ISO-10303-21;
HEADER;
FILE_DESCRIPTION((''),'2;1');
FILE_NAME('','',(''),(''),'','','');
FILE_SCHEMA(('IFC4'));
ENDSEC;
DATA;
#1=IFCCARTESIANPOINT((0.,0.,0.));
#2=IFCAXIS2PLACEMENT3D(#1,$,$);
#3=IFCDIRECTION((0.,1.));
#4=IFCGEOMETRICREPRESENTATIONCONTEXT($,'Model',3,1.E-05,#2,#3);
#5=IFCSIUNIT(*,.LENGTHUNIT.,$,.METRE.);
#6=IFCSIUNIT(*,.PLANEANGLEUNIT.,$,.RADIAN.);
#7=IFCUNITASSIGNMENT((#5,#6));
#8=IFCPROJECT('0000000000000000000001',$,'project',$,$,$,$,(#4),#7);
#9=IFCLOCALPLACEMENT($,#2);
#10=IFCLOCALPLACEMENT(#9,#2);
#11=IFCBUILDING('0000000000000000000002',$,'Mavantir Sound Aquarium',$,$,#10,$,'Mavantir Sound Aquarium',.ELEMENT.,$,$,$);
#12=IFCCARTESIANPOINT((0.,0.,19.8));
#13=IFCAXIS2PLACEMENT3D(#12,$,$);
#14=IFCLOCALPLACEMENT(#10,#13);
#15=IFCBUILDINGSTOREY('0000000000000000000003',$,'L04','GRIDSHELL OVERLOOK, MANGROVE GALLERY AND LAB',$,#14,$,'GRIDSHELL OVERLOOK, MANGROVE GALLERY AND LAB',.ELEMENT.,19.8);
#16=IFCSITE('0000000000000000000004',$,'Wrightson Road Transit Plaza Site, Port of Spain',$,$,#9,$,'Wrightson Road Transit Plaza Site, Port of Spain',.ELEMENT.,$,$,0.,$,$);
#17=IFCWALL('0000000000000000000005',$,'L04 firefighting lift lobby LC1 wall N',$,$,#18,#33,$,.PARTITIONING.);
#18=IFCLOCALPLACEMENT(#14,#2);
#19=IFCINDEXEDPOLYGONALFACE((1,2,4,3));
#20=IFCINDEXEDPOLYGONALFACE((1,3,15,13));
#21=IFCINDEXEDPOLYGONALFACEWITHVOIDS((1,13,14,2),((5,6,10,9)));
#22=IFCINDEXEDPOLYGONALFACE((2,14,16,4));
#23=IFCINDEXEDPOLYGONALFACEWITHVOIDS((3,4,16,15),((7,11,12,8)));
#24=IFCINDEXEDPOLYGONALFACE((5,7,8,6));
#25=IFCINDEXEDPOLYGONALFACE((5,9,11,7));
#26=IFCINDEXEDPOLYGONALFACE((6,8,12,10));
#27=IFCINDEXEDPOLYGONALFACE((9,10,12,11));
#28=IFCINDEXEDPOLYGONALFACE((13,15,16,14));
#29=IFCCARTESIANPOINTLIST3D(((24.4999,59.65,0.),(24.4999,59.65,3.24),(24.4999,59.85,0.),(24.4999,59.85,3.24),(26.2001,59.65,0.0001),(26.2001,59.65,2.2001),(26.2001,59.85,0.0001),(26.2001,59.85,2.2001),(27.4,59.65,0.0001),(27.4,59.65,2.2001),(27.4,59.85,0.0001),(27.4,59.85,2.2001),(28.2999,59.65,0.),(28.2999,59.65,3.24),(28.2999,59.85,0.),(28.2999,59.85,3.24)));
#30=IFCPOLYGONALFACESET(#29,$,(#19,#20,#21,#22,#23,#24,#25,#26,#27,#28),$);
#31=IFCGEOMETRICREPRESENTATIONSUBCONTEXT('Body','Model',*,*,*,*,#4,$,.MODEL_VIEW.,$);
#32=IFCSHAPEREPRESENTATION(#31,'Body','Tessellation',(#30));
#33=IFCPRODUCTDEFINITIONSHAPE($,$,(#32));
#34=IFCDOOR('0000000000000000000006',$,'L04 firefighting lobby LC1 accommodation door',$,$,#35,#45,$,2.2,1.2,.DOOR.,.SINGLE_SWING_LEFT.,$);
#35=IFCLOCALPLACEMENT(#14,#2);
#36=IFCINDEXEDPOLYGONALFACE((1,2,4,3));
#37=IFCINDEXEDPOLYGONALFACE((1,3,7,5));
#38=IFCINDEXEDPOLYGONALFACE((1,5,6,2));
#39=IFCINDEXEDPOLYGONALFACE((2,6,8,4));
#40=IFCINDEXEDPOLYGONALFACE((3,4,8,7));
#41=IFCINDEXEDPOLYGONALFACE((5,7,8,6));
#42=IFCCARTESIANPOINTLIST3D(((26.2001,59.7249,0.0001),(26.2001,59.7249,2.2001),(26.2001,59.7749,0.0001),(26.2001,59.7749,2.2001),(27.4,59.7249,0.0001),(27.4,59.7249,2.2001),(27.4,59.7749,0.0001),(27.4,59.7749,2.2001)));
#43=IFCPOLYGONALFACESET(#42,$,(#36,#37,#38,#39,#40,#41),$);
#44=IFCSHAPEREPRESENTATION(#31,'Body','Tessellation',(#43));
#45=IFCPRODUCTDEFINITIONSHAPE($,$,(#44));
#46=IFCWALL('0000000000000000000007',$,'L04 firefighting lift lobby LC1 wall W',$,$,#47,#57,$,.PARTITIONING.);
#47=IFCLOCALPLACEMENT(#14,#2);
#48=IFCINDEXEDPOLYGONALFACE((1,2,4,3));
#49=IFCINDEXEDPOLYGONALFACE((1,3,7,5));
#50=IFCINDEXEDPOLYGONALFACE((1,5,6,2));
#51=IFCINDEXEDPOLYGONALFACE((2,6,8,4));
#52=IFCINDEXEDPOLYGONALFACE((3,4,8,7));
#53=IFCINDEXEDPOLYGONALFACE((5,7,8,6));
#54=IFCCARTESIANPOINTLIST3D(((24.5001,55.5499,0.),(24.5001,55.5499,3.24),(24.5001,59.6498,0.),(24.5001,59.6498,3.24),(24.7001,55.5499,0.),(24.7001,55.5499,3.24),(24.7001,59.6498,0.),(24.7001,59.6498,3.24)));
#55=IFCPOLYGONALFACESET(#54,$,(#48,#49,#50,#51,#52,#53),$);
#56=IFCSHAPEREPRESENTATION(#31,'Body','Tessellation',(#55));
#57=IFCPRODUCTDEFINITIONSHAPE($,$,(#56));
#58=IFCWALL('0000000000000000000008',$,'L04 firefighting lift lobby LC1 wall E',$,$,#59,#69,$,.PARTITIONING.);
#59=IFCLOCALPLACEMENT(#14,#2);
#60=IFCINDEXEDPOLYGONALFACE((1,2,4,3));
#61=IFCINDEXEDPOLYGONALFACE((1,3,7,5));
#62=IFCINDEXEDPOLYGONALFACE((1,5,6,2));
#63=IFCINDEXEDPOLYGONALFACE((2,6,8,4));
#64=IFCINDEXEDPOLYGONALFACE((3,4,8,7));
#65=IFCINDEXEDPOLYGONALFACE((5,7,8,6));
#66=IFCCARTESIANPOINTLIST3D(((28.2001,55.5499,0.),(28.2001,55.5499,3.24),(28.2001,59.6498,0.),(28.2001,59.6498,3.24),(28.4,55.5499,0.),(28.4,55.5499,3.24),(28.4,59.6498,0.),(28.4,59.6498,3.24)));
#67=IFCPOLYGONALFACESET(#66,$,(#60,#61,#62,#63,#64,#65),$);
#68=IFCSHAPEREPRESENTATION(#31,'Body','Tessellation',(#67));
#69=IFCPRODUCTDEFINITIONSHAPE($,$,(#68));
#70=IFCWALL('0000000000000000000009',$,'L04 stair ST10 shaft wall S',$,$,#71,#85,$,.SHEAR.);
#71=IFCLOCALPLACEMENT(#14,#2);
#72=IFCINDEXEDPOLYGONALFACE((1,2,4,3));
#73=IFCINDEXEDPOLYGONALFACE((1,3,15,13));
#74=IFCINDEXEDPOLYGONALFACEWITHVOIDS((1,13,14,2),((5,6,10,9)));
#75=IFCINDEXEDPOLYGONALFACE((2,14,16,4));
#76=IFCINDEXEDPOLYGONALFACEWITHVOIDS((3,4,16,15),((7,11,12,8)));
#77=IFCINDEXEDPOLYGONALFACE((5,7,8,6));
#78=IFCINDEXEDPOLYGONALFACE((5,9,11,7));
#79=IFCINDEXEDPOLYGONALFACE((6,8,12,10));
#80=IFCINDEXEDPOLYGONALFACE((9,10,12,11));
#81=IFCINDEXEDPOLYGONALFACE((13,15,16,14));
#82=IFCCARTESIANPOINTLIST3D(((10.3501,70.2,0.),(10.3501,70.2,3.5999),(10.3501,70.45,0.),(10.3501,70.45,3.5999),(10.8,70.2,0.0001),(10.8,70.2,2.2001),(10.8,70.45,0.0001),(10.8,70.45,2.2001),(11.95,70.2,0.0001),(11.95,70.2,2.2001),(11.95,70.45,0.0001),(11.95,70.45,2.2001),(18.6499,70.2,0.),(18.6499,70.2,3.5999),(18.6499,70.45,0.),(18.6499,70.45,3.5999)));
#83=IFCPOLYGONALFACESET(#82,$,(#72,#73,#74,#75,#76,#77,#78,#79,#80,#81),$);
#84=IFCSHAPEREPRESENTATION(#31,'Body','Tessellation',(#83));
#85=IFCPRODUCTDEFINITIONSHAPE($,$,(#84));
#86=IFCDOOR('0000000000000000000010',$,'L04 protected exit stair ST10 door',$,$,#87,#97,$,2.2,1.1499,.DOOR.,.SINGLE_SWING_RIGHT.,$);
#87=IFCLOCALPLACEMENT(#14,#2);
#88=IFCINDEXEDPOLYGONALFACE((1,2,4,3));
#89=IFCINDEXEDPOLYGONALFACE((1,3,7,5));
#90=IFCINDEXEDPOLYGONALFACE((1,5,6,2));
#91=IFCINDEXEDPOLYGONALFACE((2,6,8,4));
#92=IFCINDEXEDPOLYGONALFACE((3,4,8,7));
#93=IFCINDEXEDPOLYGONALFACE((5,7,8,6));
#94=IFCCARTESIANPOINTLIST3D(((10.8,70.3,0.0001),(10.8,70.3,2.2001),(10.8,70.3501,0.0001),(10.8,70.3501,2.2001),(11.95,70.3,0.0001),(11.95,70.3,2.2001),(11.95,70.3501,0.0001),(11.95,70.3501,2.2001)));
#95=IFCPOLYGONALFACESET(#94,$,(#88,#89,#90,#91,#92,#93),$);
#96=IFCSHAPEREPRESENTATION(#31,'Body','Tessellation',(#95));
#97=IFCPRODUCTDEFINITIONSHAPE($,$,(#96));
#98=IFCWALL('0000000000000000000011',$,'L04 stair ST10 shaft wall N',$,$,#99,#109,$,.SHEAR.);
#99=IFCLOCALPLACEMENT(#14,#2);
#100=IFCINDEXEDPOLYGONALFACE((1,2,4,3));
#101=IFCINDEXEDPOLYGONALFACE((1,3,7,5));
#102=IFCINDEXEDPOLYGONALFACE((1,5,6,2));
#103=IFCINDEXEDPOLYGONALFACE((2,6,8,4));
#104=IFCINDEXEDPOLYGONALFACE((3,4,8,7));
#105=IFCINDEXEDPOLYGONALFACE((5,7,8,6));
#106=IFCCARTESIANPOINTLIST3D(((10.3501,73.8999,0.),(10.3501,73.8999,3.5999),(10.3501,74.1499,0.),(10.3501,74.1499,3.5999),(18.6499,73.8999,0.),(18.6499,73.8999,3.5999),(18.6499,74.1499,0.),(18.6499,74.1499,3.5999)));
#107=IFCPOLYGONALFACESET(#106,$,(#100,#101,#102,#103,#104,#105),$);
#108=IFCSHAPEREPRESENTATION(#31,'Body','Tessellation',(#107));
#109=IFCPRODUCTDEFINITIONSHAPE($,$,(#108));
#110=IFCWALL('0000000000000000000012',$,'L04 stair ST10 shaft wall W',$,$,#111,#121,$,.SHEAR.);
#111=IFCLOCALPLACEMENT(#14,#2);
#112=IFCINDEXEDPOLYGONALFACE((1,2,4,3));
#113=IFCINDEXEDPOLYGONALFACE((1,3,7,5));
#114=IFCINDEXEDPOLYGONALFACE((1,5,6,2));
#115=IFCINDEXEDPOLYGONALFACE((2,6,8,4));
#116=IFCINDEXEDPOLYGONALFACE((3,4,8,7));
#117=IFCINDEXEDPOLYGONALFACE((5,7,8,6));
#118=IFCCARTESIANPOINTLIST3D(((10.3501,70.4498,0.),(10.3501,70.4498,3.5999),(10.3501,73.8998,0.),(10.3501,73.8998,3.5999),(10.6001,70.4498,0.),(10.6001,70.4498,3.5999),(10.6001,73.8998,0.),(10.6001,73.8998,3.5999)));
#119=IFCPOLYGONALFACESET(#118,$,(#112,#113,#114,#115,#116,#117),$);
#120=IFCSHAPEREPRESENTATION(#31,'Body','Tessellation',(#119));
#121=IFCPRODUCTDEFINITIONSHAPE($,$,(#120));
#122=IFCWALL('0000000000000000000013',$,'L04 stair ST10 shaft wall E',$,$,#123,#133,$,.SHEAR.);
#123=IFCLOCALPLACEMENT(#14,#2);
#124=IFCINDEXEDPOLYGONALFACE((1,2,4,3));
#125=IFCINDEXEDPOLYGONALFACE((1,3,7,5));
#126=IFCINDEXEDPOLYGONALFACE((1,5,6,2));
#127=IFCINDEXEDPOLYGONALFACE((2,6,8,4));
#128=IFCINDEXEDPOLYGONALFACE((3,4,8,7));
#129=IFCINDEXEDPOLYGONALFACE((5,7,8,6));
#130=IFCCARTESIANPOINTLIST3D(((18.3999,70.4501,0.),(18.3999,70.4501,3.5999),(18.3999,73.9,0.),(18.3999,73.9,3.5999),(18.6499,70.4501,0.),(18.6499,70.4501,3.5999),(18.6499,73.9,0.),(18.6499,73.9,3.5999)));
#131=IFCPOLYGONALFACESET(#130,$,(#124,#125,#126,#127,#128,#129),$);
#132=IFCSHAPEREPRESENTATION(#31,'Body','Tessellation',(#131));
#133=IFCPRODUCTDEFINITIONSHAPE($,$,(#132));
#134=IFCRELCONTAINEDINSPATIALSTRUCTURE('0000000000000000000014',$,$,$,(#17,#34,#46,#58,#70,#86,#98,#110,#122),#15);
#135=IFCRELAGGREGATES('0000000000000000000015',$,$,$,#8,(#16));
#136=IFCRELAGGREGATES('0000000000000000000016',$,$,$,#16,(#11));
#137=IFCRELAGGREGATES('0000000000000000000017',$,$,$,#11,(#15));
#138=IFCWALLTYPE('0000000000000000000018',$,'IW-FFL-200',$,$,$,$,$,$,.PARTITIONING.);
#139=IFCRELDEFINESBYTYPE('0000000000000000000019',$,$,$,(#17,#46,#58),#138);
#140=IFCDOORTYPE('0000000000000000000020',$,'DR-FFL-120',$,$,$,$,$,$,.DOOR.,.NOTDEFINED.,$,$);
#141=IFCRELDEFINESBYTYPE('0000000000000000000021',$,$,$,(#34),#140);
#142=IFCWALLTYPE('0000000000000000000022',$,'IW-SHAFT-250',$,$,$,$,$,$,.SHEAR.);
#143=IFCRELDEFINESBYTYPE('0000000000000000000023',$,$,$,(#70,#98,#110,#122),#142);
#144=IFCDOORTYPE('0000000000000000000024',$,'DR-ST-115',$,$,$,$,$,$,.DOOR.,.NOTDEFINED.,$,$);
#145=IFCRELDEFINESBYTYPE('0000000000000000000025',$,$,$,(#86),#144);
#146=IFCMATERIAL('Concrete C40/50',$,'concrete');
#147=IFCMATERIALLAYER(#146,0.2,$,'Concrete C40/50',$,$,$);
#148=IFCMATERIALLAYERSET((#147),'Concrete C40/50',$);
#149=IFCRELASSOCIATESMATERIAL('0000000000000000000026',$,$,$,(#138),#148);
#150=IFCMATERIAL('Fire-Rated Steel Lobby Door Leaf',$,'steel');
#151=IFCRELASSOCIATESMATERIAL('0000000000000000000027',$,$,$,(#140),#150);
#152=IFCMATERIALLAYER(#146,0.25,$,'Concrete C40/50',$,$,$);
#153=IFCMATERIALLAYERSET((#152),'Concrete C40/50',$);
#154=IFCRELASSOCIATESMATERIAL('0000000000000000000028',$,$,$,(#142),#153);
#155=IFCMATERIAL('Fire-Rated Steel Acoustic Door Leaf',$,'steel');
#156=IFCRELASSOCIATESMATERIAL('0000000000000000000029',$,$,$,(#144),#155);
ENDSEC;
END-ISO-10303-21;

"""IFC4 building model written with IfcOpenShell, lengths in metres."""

from ifc_helpers import new_model, si_unit, direction, frame, frame_2d, origin, place, context, subcontext, project, spatial, rectangle, extrude, material, layer, layer_set, type_object, element, fill, save


model = new_model("IFC4")

# Units and contexts
model_context = context("Model", 3, precision=1e-05, world=origin(), true_north=direction((0.0, 1.0)))
body_context = subcontext(model_context, "Body", "Model", "MODEL_VIEW")
ifc_project = project(units=[si_unit("LENGTHUNIT", "METRE"), si_unit("PLANEANGLEUNIT", "RADIAN")], contexts=[model_context])

# Site, building, storey
site_placement = place(None, origin())
site = spatial("IfcSite", under=ifc_project, at=site_placement, Name="Wrightson Road Transit Plaza Site, Port of Spain", LongName="Wrightson Road Transit Plaza Site, Port of Spain", CompositionType="ELEMENT", RefElevation=0.0)
building_placement = place(site_placement, origin())
building = spatial("IfcBuilding", under=site, at=building_placement, Name="Mavantir Sound Aquarium", LongName="Mavantir Sound Aquarium", CompositionType="ELEMENT")
storey_placement = place(building_placement, frame((0.0, 0.0, 19.8)))
storey = spatial("IfcBuildingStorey", under=building, at=storey_placement, Name="L04", Description="GRIDSHELL OVERLOOK, MANGROVE GALLERY AND LAB", LongName="GRIDSHELL OVERLOOK, MANGROVE GALLERY AND LAB", CompositionType="ELEMENT", Elevation=19.8)

# Shared definitions
ifc_material_1 = material(Name="Concrete C40/50", Category="concrete")

# Wall, opening, door
ifc_layer_1 = layer(ifc_material_1, 0.2, Name="Concrete C40/50")
ifc_layer_set_1 = layer_set([ifc_layer_1], Name="Concrete C40/50")
wall_type_1 = type_object("IfcWallType", Name="IW-FFL-200", PredefinedType="PARTITIONING", material=ifc_layer_set_1)
wall_1_placement = place(storey_placement, frame((24.5, 59.75, 0.0), z_axis=(0.0, 0.0, 1.0), x_axis=(1.0, 0.0, 0.0)))
wall_1 = element("IfcWall", 1, at=wall_1_placement, inside=storey, type_object=wall_type_1, Name="L04 firefighting lift lobby LC1 wall N", PredefinedType="PARTITIONING", context=body_context, shape_type="SweptSolid", body=[
    extrude(rectangle(XDim=3.8, YDim=0.2, at=frame_2d((1.8999, 0.0))), origin(), (0.0, 0.0, 1.0), 3.24),
])
opening_1_placement = place(wall_1_placement, frame((1.7, 0.0, 0.0)))
opening_1 = element("IfcOpeningElement", 2, at=opening_1_placement, cuts=wall_1, PredefinedType="OPENING", context=body_context, shape_type="SweptSolid", body=[
    extrude(rectangle(XDim=1.2, YDim=2.2, at=frame_2d((0.6001, 1.1001))), frame((0.0, 0.1099, 0.0), z_axis=(0.0, -1.0, 0.0), x_axis=(1.0, 0.0, 0.0)), (0.0, 0.0, 1.0), 0.22),
])
ifc_material_2 = material(Name="Fire-Rated Steel Lobby Door Leaf", Category="steel")
door_type_1 = type_object("IfcDoorType", Name="DR-FFL-120", OperationType="NOTDEFINED", PredefinedType="DOOR", material=ifc_material_2)
door_1_placement = place(opening_1_placement, origin())
door_1 = element("IfcDoor", 3, at=door_1_placement, inside=storey, type_object=door_type_1, Name="L04 firefighting lobby LC1 accommodation door", OperationType="SINGLE_SWING_LEFT", OverallHeight=2.2, OverallWidth=1.2, PredefinedType="DOOR", context=body_context, shape_type="SweptSolid", body=[
    extrude(rectangle(XDim=1.2, YDim=2.2, at=frame_2d((0.6001, 1.1001))), frame((0.0, 0.0249, 0.0), z_axis=(0.0, -1.0, 0.0), x_axis=(1.0, 0.0, 0.0)), (0.0, 0.0, 1.0), 0.05),
])
fill(opening_1, door_1)

# Walls
for number, where, z_axis, x_axis, name in (
    (4, (24.6001, 55.55, 0.0), (0.0, 0.0, 1.0), (0.0, 1.0, 0.0), "L04 firefighting lift lobby LC1 wall W"),
    (5, (28.3, 55.55, 0.0), (0.0, 0.0, 1.0), (0.0, 1.0, 0.0), "L04 firefighting lift lobby LC1 wall E"),
):
    element("IfcWall", number, at=place(storey_placement, frame(where, z_axis=z_axis, x_axis=x_axis)), inside=storey, type_object=wall_type_1, Name=name, PredefinedType="PARTITIONING", context=body_context, shape_type="SweptSolid", body=[
        extrude(rectangle(XDim=4.0999, YDim=0.2, at=frame_2d((2.0498, 0.0))), origin(), (0.0, 0.0, 1.0), 3.24),
    ])

# Wall, opening, door
ifc_layer_2 = layer(ifc_material_1, 0.25, Name="Concrete C40/50")
ifc_layer_set_2 = layer_set([ifc_layer_2], Name="Concrete C40/50")
wall_type_2 = type_object("IfcWallType", Name="IW-SHAFT-250", PredefinedType="SHEAR", material=ifc_layer_set_2)
wall_2_placement = place(storey_placement, frame((10.3501, 70.325, 0.0), z_axis=(0.0, 0.0, 1.0), x_axis=(1.0, 0.0, 0.0)))
wall_2 = element("IfcWall", 6, at=wall_2_placement, inside=storey, type_object=wall_type_2, Name="L04 stair ST10 shaft wall S", PredefinedType="SHEAR", context=body_context, shape_type="SweptSolid", body=[
    extrude(rectangle(XDim=8.2998, YDim=0.25, at=frame_2d((4.1499, 0.0))), origin(), (0.0, 0.0, 1.0), 3.5999),
])
opening_2_placement = place(wall_2_placement, frame((1.5999, 0.0, 0.0), z_axis=(0.0, 0.0, 1.0), x_axis=(-1.0, 0.0, 0.0)))
opening_2 = element("IfcOpeningElement", 7, at=opening_2_placement, cuts=wall_2, PredefinedType="OPENING", context=body_context, shape_type="SweptSolid", body=[
    extrude(rectangle(XDim=1.1499, YDim=2.2, at=frame_2d((0.575, 1.1001))), frame((0.0, 0.135, 0.0), z_axis=(0.0, -1.0, 0.0), x_axis=(1.0, 0.0, 0.0)), (0.0, 0.0, 1.0), 0.27),
])
ifc_material_3 = material(Name="Fire-Rated Steel Acoustic Door Leaf", Category="steel")
door_type_2 = type_object("IfcDoorType", Name="DR-ST-115", OperationType="NOTDEFINED", PredefinedType="DOOR", material=ifc_material_3)
door_2_placement = place(opening_2_placement, origin())
door_2 = element("IfcDoor", 8, at=door_2_placement, inside=storey, type_object=door_type_2, Name="L04 protected exit stair ST10 door", OperationType="SINGLE_SWING_RIGHT", OverallHeight=2.2, OverallWidth=1.1499, PredefinedType="DOOR", context=body_context, shape_type="SweptSolid", body=[
    extrude(rectangle(XDim=1.1499, YDim=2.2, at=frame_2d((0.575, 1.1001))), frame((0.0, 0.0249, 0.0), z_axis=(0.0, -1.0, 0.0), x_axis=(1.0, 0.0, 0.0)), (0.0, 0.0, 1.0), 0.05),
])
fill(opening_2, door_2)

# Walls
wall_3_placement = place(storey_placement, frame((18.6499, 74.0249, 0.0), z_axis=(0.0, 0.0, 1.0), x_axis=(-1.0, 0.0, 0.0)))
element("IfcWall", 9, at=wall_3_placement, inside=storey, type_object=wall_type_2, Name="L04 stair ST10 shaft wall N", PredefinedType="SHEAR", context=body_context, shape_type="SweptSolid", body=[
    extrude(rectangle(XDim=8.2998, YDim=0.25, at=frame_2d((4.1499, 0.0))), origin(), (0.0, 0.0, 1.0), 3.5999),
])
for number, where, z_axis, x_axis, name in (
    (10, (10.4751, 73.8999, 0.0), (0.0, 0.0, 1.0), (0.0, -1.0, 0.0), "L04 stair ST10 shaft wall W"),
    (11, (18.5249, 70.45, 0.0), (0.0, 0.0, 1.0), (0.0, 1.0, 0.0), "L04 stair ST10 shaft wall E"),
):
    element("IfcWall", number, at=place(storey_placement, frame(where, z_axis=z_axis, x_axis=x_axis)), inside=storey, type_object=wall_type_2, Name=name, PredefinedType="SHEAR", context=body_context, shape_type="SweptSolid", body=[
        extrude(rectangle(XDim=3.45, YDim=0.25, at=frame_2d((1.7251, 0.0))), origin(), (0.0, 0.0, 1.0), 3.5999),
    ])

save(model, "model.ifc")
